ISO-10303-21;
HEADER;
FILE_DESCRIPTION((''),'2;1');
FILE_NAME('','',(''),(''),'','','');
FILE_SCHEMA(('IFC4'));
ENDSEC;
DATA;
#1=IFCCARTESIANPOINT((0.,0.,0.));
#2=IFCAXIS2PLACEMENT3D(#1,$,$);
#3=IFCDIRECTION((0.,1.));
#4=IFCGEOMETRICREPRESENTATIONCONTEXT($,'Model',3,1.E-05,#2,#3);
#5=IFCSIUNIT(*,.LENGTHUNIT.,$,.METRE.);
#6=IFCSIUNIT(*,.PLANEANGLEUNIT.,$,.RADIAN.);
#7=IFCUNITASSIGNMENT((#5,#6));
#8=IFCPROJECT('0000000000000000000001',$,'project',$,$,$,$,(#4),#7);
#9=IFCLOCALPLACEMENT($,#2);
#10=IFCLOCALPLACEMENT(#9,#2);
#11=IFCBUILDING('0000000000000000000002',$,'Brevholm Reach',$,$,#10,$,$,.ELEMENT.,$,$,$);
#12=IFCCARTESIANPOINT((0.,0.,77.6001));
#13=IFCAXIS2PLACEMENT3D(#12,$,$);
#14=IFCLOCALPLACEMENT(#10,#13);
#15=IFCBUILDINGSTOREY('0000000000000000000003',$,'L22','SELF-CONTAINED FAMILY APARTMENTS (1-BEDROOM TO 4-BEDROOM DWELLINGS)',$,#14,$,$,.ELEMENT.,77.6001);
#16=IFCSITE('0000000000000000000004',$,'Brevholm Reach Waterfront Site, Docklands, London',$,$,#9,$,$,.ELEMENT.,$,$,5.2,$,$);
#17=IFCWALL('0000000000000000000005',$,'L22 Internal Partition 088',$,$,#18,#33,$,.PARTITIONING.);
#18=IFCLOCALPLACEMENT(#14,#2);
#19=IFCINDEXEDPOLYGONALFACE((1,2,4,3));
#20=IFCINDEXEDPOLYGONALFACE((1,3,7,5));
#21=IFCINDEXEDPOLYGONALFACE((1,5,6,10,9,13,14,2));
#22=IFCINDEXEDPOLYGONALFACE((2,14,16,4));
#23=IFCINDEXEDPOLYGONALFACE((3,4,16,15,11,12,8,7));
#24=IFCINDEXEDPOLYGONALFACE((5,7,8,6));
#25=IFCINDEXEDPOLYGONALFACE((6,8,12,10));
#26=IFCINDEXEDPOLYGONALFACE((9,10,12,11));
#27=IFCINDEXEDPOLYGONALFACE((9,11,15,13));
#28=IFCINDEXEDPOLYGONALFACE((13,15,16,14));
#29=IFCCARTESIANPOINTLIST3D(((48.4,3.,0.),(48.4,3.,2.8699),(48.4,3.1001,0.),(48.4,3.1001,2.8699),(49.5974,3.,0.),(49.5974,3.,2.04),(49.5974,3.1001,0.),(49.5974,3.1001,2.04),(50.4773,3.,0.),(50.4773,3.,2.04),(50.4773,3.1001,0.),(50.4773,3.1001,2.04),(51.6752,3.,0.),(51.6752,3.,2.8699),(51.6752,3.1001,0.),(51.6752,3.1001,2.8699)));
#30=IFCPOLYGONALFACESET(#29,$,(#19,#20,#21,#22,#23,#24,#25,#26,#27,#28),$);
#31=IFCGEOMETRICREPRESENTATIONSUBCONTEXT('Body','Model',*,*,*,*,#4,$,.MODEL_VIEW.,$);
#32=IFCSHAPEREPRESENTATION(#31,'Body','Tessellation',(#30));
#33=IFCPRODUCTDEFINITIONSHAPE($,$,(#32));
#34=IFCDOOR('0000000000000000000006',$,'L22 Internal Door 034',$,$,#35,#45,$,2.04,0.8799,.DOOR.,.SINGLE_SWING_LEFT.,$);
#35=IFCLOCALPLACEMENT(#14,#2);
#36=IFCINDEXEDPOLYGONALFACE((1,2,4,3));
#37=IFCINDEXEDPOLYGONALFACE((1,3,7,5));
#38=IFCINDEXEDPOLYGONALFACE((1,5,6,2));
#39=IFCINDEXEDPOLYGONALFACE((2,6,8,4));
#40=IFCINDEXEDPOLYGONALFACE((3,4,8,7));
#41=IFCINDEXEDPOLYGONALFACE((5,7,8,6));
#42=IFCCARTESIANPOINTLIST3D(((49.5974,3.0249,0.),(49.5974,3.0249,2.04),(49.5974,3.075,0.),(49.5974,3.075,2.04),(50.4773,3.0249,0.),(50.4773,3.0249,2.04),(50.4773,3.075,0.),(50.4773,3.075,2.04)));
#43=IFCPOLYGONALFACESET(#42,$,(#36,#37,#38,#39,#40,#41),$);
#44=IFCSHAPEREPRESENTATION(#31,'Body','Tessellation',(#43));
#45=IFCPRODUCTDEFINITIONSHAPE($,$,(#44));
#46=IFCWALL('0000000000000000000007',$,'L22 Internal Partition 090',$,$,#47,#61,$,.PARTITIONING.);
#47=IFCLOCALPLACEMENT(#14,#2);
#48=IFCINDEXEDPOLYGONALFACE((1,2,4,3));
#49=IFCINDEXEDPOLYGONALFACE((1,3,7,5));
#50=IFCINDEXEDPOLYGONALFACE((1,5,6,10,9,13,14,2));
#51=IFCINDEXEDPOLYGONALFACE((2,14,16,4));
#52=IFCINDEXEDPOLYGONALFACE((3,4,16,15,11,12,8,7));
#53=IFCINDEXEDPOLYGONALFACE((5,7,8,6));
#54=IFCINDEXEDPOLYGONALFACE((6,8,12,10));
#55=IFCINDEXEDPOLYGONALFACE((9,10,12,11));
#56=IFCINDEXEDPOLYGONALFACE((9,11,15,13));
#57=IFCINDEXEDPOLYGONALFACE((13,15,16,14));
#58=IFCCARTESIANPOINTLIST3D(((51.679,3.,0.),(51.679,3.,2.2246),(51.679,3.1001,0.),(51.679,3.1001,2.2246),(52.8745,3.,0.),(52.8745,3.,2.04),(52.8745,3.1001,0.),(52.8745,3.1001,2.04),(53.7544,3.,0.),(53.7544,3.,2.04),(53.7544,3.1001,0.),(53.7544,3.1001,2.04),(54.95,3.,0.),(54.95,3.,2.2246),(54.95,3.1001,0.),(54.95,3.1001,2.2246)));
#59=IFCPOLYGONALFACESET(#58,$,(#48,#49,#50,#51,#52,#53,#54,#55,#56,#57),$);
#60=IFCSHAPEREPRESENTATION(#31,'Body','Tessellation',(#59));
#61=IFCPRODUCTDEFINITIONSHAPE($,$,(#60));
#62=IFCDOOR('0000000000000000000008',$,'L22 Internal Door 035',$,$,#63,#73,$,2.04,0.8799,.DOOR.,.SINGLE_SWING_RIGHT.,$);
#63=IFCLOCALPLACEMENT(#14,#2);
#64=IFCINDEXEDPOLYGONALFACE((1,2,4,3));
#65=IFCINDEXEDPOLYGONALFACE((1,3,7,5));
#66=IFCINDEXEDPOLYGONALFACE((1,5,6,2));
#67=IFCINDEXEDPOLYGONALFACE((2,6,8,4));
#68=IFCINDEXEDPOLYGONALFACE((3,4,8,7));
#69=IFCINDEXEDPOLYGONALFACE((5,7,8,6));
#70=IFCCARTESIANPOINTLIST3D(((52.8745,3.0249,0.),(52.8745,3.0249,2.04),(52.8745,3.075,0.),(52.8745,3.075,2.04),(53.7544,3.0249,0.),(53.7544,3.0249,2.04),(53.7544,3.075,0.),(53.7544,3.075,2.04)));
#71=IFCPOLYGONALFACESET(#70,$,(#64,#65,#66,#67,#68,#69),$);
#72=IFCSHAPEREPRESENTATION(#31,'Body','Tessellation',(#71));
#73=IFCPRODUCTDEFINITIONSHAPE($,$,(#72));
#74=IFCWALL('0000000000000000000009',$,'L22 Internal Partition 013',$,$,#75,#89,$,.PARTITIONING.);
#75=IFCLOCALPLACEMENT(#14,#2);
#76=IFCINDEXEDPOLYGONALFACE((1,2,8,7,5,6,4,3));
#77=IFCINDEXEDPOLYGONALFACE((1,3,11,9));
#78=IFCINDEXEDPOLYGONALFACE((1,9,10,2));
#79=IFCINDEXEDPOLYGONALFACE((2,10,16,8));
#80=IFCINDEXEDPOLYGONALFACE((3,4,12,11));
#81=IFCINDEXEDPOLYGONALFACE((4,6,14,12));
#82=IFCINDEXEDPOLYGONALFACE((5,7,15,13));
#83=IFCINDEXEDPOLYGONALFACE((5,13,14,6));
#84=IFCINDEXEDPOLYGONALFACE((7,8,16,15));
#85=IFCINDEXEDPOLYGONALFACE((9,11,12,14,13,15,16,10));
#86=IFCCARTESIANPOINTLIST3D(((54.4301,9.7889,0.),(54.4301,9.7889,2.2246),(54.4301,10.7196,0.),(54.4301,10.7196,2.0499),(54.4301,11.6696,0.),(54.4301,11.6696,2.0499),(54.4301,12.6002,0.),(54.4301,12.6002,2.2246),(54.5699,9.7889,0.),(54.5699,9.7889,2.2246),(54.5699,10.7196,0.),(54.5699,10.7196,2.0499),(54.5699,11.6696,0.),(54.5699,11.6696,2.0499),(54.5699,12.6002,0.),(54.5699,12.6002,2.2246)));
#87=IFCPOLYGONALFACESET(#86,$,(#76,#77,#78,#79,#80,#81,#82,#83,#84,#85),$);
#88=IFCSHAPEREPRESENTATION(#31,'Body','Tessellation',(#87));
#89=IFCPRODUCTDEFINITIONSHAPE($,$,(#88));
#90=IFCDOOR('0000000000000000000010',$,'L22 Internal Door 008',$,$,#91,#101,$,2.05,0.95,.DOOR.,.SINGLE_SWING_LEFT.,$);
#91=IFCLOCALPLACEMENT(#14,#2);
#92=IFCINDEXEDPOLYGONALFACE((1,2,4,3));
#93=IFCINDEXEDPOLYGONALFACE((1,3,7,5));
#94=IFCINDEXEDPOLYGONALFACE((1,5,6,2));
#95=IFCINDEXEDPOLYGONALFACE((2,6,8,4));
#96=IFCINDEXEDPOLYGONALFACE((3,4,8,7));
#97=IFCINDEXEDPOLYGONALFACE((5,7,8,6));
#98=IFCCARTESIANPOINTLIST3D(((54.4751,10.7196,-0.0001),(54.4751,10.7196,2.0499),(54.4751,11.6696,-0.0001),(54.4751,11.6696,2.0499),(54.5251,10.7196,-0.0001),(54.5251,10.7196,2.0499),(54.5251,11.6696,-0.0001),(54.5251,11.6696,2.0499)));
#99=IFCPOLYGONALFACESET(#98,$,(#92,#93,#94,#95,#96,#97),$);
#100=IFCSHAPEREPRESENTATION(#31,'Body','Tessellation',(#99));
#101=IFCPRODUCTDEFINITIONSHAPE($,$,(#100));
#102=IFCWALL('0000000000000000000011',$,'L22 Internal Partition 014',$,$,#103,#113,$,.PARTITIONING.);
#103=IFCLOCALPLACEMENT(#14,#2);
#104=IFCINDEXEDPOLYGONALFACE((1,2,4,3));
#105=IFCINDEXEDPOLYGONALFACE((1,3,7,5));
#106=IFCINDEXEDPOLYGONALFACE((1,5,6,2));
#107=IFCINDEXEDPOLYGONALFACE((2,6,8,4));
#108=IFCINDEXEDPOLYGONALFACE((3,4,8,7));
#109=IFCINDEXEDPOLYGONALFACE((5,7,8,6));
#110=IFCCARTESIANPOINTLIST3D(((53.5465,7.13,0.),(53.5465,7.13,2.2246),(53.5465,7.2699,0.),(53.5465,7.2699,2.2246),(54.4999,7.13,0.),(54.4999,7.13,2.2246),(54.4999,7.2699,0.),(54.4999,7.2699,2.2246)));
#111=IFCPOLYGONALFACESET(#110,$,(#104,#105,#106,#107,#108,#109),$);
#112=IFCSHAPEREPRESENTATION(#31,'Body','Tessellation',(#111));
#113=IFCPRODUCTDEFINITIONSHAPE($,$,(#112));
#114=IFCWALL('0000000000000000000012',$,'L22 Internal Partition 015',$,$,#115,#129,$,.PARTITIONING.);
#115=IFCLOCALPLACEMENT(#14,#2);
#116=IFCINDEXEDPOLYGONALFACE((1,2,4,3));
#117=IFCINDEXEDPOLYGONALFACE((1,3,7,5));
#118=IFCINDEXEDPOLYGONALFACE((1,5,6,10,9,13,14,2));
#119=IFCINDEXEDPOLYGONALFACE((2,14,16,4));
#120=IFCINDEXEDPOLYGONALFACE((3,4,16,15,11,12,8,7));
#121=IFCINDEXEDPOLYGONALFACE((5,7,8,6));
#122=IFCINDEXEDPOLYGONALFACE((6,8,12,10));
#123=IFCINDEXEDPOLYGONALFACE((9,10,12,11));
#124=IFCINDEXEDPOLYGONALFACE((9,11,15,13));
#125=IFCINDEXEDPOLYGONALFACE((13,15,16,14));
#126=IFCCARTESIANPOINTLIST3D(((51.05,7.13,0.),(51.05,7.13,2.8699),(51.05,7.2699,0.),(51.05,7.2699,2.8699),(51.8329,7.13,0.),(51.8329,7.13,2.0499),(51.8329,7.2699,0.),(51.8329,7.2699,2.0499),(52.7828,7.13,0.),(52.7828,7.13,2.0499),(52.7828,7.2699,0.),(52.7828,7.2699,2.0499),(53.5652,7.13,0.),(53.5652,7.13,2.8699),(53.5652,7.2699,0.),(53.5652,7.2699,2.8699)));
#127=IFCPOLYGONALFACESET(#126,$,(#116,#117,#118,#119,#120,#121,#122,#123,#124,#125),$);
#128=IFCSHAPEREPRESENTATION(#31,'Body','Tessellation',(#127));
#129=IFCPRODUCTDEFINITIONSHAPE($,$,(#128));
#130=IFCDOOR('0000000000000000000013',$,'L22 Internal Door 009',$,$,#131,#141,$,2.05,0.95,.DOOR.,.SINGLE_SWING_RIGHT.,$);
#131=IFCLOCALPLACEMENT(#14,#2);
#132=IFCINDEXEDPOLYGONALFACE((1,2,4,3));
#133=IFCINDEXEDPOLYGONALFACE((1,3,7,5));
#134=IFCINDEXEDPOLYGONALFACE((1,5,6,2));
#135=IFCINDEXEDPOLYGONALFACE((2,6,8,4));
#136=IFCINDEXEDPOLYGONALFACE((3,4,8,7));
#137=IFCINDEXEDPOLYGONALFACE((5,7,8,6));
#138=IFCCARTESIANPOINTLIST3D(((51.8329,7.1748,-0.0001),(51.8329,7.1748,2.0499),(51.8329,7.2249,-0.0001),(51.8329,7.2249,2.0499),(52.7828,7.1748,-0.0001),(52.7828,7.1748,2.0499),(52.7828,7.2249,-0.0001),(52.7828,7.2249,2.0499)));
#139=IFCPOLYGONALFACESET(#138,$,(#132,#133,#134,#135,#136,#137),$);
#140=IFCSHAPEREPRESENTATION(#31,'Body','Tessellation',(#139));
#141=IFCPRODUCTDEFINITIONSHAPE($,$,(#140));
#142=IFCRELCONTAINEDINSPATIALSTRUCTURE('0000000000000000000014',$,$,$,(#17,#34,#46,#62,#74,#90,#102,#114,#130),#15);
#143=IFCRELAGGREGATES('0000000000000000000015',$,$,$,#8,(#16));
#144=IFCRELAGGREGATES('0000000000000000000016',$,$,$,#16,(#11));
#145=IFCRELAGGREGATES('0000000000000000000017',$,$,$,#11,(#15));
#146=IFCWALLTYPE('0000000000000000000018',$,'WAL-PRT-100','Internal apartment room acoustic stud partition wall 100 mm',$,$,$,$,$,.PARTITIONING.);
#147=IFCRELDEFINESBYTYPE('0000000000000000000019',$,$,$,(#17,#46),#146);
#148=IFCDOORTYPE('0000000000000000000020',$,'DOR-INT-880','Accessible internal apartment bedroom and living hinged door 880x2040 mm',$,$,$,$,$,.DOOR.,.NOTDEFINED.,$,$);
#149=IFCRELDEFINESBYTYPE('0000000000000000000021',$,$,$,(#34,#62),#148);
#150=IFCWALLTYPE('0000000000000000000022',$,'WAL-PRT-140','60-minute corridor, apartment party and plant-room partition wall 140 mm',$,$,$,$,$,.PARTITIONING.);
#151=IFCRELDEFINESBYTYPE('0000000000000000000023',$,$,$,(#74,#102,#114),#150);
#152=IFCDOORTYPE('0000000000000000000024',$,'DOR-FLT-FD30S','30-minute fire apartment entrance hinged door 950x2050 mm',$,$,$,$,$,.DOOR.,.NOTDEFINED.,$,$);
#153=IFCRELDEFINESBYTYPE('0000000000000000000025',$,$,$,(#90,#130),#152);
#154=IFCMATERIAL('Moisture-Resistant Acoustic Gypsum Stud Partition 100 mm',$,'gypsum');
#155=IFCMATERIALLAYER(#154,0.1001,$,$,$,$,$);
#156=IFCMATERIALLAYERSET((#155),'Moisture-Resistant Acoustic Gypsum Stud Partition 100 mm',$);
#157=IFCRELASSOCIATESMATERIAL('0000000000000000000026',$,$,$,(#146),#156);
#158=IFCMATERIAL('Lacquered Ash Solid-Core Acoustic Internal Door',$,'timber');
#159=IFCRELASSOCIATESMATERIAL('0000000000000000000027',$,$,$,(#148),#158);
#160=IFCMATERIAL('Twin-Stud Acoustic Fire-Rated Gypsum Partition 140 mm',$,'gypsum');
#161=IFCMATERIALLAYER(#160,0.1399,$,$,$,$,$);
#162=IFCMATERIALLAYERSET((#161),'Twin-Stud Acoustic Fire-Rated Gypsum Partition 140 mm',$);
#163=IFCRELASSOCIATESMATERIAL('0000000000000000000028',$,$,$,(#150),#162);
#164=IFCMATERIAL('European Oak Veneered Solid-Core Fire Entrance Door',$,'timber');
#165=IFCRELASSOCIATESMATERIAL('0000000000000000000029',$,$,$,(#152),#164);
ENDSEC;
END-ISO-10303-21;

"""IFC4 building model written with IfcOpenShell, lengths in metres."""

from ifc_helpers import new_model, si_unit, direction, frame, frame_2d, origin, place, context, subcontext, project, spatial, rectangle, extrude, material, layer, layer_set, type_object, element, fill, save


model = new_model("IFC4")

# Units and contexts
model_context = context("Model", 3, precision=1e-05, world=origin(), true_north=direction((0.0, 1.0)))
body_context = subcontext(model_context, "Body", "Model", "MODEL_VIEW")
ifc_project = project(units=[si_unit("LENGTHUNIT", "METRE"), si_unit("PLANEANGLEUNIT", "RADIAN")], contexts=[model_context])

# Site, building, storey
site_placement = place(None, origin())
site = spatial("IfcSite", under=ifc_project, at=site_placement, Name="Brevholm Reach Waterfront Site, Docklands, London", CompositionType="ELEMENT", RefElevation=5.2)
building_placement = place(site_placement, origin())
building = spatial("IfcBuilding", under=site, at=building_placement, Name="Brevholm Reach", CompositionType="ELEMENT")
storey_placement = place(building_placement, frame((0.0, 0.0, 77.6001)))
storey = spatial("IfcBuildingStorey", under=building, at=storey_placement, Name="L22", Description="SELF-CONTAINED FAMILY APARTMENTS (1-BEDROOM TO 4-BEDROOM DWELLINGS)", CompositionType="ELEMENT", Elevation=77.6001)

# Shared definitions
ifc_material_1 = material(Name="Moisture-Resistant Acoustic Gypsum Stud Partition 100 mm", Category="gypsum")
ifc_layer_1 = layer(ifc_material_1, 0.1001)
ifc_layer_set_1 = layer_set([ifc_layer_1], Name="Moisture-Resistant Acoustic Gypsum Stud Partition 100 mm")
wall_type_1 = type_object("IfcWallType", Name="WAL-PRT-100", Description="Internal apartment room acoustic stud partition wall 100 mm", PredefinedType="PARTITIONING", material=ifc_layer_set_1)
ifc_material_2 = material(Name="Lacquered Ash Solid-Core Acoustic Internal Door", Category="timber")
door_type_1 = type_object("IfcDoorType", Name="DOR-INT-880", Description="Accessible internal apartment bedroom and living hinged door 880x2040 mm", OperationType="NOTDEFINED", PredefinedType="DOOR", material=ifc_material_2)

# Walls, openings, doors
wall_1_placement = place(storey_placement, frame((48.3999, 3.05, 0.0), z_axis=(0.0, 0.0, 1.0), x_axis=(1.0, 0.0, 0.0)))
wall_1 = element("IfcWall", 1, at=wall_1_placement, inside=storey, type_object=wall_type_1, Name="L22 Internal Partition 088", PredefinedType="PARTITIONING", context=body_context, shape_type="SweptSolid", body=[
    extrude(rectangle(XDim=3.2751, YDim=0.1001, at=frame_2d((1.6377, 0.0))), origin(), (0.0, 0.0, 1.0), 2.8699),
])
opening_1_placement = place(wall_1_placement, frame((1.1975, 0.0, 0.0)))
opening_1 = element("IfcOpeningElement", 2, at=opening_1_placement, cuts=wall_1, PredefinedType="OPENING", context=body_context, shape_type="SweptSolid", body=[
    extrude(rectangle(XDim=0.8799, YDim=2.04, at=frame_2d((0.4399, 1.02))), frame((0.0, 0.0601, 0.0), z_axis=(0.0, -1.0, 0.0), x_axis=(1.0, 0.0, 0.0)), (0.0, 0.0, 1.0), 0.1201),
])
door_1_placement = place(opening_1_placement, origin())
door_1 = element("IfcDoor", 3, at=door_1_placement, inside=storey, type_object=door_type_1, Name="L22 Internal Door 034", OperationType="SINGLE_SWING_LEFT", OverallHeight=2.04, OverallWidth=0.8799, PredefinedType="DOOR", context=body_context, shape_type="SweptSolid", body=[
    extrude(rectangle(XDim=0.8799, YDim=2.04, at=frame_2d((0.4399, 1.02))), frame((0.0, 0.0249, 0.0), z_axis=(0.0, -1.0, 0.0), x_axis=(1.0, 0.0, 0.0)), (0.0, 0.0, 1.0), 0.05),
])
fill(opening_1, door_1)
wall_2_placement = place(storey_placement, frame((51.679, 3.05, 0.0), z_axis=(0.0, 0.0, 1.0), x_axis=(1.0, 0.0, 0.0)))
wall_2 = element("IfcWall", 4, at=wall_2_placement, inside=storey, type_object=wall_type_1, Name="L22 Internal Partition 090", PredefinedType="PARTITIONING", context=body_context, shape_type="SweptSolid", body=[
    extrude(rectangle(XDim=3.271, YDim=0.1001, at=frame_2d((1.6355, 0.0))), origin(), (0.0, 0.0, 1.0), 2.2246),
])
opening_2_placement = place(wall_2_placement, frame((1.1956, 0.0, 0.0)))
opening_2 = element("IfcOpeningElement", 5, at=opening_2_placement, cuts=wall_2, PredefinedType="OPENING", context=body_context, shape_type="SweptSolid", body=[
    extrude(rectangle(XDim=0.8799, YDim=2.04, at=frame_2d((0.4399, 1.02))), frame((0.0, 0.0601, 0.0), z_axis=(0.0, -1.0, 0.0), x_axis=(1.0, 0.0, 0.0)), (0.0, 0.0, 1.0), 0.1201),
])
door_2_placement = place(opening_2_placement, origin())
door_2 = element("IfcDoor", 6, at=door_2_placement, inside=storey, type_object=door_type_1, Name="L22 Internal Door 035", OperationType="SINGLE_SWING_RIGHT", OverallHeight=2.04, OverallWidth=0.8799, PredefinedType="DOOR", context=body_context, shape_type="SweptSolid", body=[
    extrude(rectangle(XDim=0.8799, YDim=2.04, at=frame_2d((0.4399, 1.02))), frame((0.0, 0.0249, 0.0), z_axis=(0.0, -1.0, 0.0), x_axis=(1.0, 0.0, 0.0)), (0.0, 0.0, 1.0), 0.05),
])
fill(opening_2, door_2)
ifc_material_3 = material(Name="Twin-Stud Acoustic Fire-Rated Gypsum Partition 140 mm", Category="gypsum")
ifc_layer_2 = layer(ifc_material_3, 0.1399)
ifc_layer_set_2 = layer_set([ifc_layer_2], Name="Twin-Stud Acoustic Fire-Rated Gypsum Partition 140 mm")
wall_type_2 = type_object("IfcWallType", Name="WAL-PRT-140", Description="60-minute corridor, apartment party and plant-room partition wall 140 mm", PredefinedType="PARTITIONING", material=ifc_layer_set_2)
wall_3_placement = place(storey_placement, frame((54.5, 9.7888, 0.0), z_axis=(0.0, 0.0, 1.0), x_axis=(0.0, 1.0, 0.0)))
wall_3 = element("IfcWall", 7, at=wall_3_placement, inside=storey, type_object=wall_type_2, Name="L22 Internal Partition 013", PredefinedType="PARTITIONING", context=body_context, shape_type="SweptSolid", body=[
    extrude(rectangle(XDim=2.8113, YDim=0.1399, at=frame_2d((1.4058, 0.0))), origin(), (0.0, 0.0, 1.0), 2.2246),
])
opening_3_placement = place(wall_3_placement, frame((0.9307, 0.0, 0.0)))
opening_3 = element("IfcOpeningElement", 8, at=opening_3_placement, cuts=wall_3, PredefinedType="OPENING", context=body_context, shape_type="SweptSolid", body=[
    extrude(rectangle(XDim=0.95, YDim=2.05, at=frame_2d((0.4751, 1.0249))), frame((0.0, 0.0798, 0.0), z_axis=(0.0, -1.0, 0.0), x_axis=(1.0, 0.0, 0.0)), (0.0, 0.0, 1.0), 0.1599),
])
ifc_material_4 = material(Name="European Oak Veneered Solid-Core Fire Entrance Door", Category="timber")
door_type_2 = type_object("IfcDoorType", Name="DOR-FLT-FD30S", Description="30-minute fire apartment entrance hinged door 950x2050 mm", OperationType="NOTDEFINED", PredefinedType="DOOR", material=ifc_material_4)
door_3_placement = place(opening_3_placement, origin())
door_3 = element("IfcDoor", 9, at=door_3_placement, inside=storey, type_object=door_type_2, Name="L22 Internal Door 008", OperationType="SINGLE_SWING_LEFT", OverallHeight=2.05, OverallWidth=0.95, PredefinedType="DOOR", context=body_context, shape_type="SweptSolid", body=[
    extrude(rectangle(XDim=0.95, YDim=2.05, at=frame_2d((0.4751, 1.0249))), frame((0.0, 0.0249, 0.0), z_axis=(0.0, -1.0, 0.0), x_axis=(1.0, 0.0, 0.0)), (0.0, 0.0, 1.0), 0.05),
])
fill(opening_3, door_3)

# Wall
wall_4_placement = place(storey_placement, frame((53.5466, 7.2, 0.0), z_axis=(0.0, 0.0, 1.0), x_axis=(1.0, 0.0, 0.0)))
element("IfcWall", 10, at=wall_4_placement, inside=storey, type_object=wall_type_2, Name="L22 Internal Partition 014", PredefinedType="PARTITIONING", context=body_context, shape_type="SweptSolid", body=[
    extrude(rectangle(XDim=0.9534, YDim=0.1399, at=frame_2d((0.4766, 0.0))), origin(), (0.0, 0.0, 1.0), 2.2246),
])

# Wall, opening, door
wall_5_placement = place(storey_placement, frame((51.05, 7.2, 0.0), z_axis=(0.0, 0.0, 1.0), x_axis=(1.0, 0.0, 0.0)))
wall_5 = element("IfcWall", 11, at=wall_5_placement, inside=storey, type_object=wall_type_2, Name="L22 Internal Partition 015", PredefinedType="PARTITIONING", context=body_context, shape_type="SweptSolid", body=[
    extrude(rectangle(XDim=2.5151, YDim=0.1399, at=frame_2d((1.2576, 0.0))), origin(), (0.0, 0.0, 1.0), 2.8699),
])
opening_4_placement = place(wall_5_placement, frame((0.7827, 0.0, 0.0)))
opening_4 = element("IfcOpeningElement", 12, at=opening_4_placement, cuts=wall_5, PredefinedType="OPENING", context=body_context, shape_type="SweptSolid", body=[
    extrude(rectangle(XDim=0.95, YDim=2.05, at=frame_2d((0.4751, 1.0249))), frame((0.0, 0.0798, 0.0), z_axis=(0.0, -1.0, 0.0), x_axis=(1.0, 0.0, 0.0)), (0.0, 0.0, 1.0), 0.1599),
])
door_4_placement = place(opening_4_placement, origin())
door_4 = element("IfcDoor", 13, at=door_4_placement, inside=storey, type_object=door_type_2, Name="L22 Internal Door 009", OperationType="SINGLE_SWING_RIGHT", OverallHeight=2.05, OverallWidth=0.95, PredefinedType="DOOR", context=body_context, shape_type="SweptSolid", body=[
    extrude(rectangle(XDim=0.95, YDim=2.05, at=frame_2d((0.4751, 1.0249))), frame((0.0, 0.0249, 0.0), z_axis=(0.0, -1.0, 0.0), x_axis=(1.0, 0.0, 0.0)), (0.0, 0.0, 1.0), 0.05),
])
fill(opening_4, door_4)

save(model, "model.ifc")
